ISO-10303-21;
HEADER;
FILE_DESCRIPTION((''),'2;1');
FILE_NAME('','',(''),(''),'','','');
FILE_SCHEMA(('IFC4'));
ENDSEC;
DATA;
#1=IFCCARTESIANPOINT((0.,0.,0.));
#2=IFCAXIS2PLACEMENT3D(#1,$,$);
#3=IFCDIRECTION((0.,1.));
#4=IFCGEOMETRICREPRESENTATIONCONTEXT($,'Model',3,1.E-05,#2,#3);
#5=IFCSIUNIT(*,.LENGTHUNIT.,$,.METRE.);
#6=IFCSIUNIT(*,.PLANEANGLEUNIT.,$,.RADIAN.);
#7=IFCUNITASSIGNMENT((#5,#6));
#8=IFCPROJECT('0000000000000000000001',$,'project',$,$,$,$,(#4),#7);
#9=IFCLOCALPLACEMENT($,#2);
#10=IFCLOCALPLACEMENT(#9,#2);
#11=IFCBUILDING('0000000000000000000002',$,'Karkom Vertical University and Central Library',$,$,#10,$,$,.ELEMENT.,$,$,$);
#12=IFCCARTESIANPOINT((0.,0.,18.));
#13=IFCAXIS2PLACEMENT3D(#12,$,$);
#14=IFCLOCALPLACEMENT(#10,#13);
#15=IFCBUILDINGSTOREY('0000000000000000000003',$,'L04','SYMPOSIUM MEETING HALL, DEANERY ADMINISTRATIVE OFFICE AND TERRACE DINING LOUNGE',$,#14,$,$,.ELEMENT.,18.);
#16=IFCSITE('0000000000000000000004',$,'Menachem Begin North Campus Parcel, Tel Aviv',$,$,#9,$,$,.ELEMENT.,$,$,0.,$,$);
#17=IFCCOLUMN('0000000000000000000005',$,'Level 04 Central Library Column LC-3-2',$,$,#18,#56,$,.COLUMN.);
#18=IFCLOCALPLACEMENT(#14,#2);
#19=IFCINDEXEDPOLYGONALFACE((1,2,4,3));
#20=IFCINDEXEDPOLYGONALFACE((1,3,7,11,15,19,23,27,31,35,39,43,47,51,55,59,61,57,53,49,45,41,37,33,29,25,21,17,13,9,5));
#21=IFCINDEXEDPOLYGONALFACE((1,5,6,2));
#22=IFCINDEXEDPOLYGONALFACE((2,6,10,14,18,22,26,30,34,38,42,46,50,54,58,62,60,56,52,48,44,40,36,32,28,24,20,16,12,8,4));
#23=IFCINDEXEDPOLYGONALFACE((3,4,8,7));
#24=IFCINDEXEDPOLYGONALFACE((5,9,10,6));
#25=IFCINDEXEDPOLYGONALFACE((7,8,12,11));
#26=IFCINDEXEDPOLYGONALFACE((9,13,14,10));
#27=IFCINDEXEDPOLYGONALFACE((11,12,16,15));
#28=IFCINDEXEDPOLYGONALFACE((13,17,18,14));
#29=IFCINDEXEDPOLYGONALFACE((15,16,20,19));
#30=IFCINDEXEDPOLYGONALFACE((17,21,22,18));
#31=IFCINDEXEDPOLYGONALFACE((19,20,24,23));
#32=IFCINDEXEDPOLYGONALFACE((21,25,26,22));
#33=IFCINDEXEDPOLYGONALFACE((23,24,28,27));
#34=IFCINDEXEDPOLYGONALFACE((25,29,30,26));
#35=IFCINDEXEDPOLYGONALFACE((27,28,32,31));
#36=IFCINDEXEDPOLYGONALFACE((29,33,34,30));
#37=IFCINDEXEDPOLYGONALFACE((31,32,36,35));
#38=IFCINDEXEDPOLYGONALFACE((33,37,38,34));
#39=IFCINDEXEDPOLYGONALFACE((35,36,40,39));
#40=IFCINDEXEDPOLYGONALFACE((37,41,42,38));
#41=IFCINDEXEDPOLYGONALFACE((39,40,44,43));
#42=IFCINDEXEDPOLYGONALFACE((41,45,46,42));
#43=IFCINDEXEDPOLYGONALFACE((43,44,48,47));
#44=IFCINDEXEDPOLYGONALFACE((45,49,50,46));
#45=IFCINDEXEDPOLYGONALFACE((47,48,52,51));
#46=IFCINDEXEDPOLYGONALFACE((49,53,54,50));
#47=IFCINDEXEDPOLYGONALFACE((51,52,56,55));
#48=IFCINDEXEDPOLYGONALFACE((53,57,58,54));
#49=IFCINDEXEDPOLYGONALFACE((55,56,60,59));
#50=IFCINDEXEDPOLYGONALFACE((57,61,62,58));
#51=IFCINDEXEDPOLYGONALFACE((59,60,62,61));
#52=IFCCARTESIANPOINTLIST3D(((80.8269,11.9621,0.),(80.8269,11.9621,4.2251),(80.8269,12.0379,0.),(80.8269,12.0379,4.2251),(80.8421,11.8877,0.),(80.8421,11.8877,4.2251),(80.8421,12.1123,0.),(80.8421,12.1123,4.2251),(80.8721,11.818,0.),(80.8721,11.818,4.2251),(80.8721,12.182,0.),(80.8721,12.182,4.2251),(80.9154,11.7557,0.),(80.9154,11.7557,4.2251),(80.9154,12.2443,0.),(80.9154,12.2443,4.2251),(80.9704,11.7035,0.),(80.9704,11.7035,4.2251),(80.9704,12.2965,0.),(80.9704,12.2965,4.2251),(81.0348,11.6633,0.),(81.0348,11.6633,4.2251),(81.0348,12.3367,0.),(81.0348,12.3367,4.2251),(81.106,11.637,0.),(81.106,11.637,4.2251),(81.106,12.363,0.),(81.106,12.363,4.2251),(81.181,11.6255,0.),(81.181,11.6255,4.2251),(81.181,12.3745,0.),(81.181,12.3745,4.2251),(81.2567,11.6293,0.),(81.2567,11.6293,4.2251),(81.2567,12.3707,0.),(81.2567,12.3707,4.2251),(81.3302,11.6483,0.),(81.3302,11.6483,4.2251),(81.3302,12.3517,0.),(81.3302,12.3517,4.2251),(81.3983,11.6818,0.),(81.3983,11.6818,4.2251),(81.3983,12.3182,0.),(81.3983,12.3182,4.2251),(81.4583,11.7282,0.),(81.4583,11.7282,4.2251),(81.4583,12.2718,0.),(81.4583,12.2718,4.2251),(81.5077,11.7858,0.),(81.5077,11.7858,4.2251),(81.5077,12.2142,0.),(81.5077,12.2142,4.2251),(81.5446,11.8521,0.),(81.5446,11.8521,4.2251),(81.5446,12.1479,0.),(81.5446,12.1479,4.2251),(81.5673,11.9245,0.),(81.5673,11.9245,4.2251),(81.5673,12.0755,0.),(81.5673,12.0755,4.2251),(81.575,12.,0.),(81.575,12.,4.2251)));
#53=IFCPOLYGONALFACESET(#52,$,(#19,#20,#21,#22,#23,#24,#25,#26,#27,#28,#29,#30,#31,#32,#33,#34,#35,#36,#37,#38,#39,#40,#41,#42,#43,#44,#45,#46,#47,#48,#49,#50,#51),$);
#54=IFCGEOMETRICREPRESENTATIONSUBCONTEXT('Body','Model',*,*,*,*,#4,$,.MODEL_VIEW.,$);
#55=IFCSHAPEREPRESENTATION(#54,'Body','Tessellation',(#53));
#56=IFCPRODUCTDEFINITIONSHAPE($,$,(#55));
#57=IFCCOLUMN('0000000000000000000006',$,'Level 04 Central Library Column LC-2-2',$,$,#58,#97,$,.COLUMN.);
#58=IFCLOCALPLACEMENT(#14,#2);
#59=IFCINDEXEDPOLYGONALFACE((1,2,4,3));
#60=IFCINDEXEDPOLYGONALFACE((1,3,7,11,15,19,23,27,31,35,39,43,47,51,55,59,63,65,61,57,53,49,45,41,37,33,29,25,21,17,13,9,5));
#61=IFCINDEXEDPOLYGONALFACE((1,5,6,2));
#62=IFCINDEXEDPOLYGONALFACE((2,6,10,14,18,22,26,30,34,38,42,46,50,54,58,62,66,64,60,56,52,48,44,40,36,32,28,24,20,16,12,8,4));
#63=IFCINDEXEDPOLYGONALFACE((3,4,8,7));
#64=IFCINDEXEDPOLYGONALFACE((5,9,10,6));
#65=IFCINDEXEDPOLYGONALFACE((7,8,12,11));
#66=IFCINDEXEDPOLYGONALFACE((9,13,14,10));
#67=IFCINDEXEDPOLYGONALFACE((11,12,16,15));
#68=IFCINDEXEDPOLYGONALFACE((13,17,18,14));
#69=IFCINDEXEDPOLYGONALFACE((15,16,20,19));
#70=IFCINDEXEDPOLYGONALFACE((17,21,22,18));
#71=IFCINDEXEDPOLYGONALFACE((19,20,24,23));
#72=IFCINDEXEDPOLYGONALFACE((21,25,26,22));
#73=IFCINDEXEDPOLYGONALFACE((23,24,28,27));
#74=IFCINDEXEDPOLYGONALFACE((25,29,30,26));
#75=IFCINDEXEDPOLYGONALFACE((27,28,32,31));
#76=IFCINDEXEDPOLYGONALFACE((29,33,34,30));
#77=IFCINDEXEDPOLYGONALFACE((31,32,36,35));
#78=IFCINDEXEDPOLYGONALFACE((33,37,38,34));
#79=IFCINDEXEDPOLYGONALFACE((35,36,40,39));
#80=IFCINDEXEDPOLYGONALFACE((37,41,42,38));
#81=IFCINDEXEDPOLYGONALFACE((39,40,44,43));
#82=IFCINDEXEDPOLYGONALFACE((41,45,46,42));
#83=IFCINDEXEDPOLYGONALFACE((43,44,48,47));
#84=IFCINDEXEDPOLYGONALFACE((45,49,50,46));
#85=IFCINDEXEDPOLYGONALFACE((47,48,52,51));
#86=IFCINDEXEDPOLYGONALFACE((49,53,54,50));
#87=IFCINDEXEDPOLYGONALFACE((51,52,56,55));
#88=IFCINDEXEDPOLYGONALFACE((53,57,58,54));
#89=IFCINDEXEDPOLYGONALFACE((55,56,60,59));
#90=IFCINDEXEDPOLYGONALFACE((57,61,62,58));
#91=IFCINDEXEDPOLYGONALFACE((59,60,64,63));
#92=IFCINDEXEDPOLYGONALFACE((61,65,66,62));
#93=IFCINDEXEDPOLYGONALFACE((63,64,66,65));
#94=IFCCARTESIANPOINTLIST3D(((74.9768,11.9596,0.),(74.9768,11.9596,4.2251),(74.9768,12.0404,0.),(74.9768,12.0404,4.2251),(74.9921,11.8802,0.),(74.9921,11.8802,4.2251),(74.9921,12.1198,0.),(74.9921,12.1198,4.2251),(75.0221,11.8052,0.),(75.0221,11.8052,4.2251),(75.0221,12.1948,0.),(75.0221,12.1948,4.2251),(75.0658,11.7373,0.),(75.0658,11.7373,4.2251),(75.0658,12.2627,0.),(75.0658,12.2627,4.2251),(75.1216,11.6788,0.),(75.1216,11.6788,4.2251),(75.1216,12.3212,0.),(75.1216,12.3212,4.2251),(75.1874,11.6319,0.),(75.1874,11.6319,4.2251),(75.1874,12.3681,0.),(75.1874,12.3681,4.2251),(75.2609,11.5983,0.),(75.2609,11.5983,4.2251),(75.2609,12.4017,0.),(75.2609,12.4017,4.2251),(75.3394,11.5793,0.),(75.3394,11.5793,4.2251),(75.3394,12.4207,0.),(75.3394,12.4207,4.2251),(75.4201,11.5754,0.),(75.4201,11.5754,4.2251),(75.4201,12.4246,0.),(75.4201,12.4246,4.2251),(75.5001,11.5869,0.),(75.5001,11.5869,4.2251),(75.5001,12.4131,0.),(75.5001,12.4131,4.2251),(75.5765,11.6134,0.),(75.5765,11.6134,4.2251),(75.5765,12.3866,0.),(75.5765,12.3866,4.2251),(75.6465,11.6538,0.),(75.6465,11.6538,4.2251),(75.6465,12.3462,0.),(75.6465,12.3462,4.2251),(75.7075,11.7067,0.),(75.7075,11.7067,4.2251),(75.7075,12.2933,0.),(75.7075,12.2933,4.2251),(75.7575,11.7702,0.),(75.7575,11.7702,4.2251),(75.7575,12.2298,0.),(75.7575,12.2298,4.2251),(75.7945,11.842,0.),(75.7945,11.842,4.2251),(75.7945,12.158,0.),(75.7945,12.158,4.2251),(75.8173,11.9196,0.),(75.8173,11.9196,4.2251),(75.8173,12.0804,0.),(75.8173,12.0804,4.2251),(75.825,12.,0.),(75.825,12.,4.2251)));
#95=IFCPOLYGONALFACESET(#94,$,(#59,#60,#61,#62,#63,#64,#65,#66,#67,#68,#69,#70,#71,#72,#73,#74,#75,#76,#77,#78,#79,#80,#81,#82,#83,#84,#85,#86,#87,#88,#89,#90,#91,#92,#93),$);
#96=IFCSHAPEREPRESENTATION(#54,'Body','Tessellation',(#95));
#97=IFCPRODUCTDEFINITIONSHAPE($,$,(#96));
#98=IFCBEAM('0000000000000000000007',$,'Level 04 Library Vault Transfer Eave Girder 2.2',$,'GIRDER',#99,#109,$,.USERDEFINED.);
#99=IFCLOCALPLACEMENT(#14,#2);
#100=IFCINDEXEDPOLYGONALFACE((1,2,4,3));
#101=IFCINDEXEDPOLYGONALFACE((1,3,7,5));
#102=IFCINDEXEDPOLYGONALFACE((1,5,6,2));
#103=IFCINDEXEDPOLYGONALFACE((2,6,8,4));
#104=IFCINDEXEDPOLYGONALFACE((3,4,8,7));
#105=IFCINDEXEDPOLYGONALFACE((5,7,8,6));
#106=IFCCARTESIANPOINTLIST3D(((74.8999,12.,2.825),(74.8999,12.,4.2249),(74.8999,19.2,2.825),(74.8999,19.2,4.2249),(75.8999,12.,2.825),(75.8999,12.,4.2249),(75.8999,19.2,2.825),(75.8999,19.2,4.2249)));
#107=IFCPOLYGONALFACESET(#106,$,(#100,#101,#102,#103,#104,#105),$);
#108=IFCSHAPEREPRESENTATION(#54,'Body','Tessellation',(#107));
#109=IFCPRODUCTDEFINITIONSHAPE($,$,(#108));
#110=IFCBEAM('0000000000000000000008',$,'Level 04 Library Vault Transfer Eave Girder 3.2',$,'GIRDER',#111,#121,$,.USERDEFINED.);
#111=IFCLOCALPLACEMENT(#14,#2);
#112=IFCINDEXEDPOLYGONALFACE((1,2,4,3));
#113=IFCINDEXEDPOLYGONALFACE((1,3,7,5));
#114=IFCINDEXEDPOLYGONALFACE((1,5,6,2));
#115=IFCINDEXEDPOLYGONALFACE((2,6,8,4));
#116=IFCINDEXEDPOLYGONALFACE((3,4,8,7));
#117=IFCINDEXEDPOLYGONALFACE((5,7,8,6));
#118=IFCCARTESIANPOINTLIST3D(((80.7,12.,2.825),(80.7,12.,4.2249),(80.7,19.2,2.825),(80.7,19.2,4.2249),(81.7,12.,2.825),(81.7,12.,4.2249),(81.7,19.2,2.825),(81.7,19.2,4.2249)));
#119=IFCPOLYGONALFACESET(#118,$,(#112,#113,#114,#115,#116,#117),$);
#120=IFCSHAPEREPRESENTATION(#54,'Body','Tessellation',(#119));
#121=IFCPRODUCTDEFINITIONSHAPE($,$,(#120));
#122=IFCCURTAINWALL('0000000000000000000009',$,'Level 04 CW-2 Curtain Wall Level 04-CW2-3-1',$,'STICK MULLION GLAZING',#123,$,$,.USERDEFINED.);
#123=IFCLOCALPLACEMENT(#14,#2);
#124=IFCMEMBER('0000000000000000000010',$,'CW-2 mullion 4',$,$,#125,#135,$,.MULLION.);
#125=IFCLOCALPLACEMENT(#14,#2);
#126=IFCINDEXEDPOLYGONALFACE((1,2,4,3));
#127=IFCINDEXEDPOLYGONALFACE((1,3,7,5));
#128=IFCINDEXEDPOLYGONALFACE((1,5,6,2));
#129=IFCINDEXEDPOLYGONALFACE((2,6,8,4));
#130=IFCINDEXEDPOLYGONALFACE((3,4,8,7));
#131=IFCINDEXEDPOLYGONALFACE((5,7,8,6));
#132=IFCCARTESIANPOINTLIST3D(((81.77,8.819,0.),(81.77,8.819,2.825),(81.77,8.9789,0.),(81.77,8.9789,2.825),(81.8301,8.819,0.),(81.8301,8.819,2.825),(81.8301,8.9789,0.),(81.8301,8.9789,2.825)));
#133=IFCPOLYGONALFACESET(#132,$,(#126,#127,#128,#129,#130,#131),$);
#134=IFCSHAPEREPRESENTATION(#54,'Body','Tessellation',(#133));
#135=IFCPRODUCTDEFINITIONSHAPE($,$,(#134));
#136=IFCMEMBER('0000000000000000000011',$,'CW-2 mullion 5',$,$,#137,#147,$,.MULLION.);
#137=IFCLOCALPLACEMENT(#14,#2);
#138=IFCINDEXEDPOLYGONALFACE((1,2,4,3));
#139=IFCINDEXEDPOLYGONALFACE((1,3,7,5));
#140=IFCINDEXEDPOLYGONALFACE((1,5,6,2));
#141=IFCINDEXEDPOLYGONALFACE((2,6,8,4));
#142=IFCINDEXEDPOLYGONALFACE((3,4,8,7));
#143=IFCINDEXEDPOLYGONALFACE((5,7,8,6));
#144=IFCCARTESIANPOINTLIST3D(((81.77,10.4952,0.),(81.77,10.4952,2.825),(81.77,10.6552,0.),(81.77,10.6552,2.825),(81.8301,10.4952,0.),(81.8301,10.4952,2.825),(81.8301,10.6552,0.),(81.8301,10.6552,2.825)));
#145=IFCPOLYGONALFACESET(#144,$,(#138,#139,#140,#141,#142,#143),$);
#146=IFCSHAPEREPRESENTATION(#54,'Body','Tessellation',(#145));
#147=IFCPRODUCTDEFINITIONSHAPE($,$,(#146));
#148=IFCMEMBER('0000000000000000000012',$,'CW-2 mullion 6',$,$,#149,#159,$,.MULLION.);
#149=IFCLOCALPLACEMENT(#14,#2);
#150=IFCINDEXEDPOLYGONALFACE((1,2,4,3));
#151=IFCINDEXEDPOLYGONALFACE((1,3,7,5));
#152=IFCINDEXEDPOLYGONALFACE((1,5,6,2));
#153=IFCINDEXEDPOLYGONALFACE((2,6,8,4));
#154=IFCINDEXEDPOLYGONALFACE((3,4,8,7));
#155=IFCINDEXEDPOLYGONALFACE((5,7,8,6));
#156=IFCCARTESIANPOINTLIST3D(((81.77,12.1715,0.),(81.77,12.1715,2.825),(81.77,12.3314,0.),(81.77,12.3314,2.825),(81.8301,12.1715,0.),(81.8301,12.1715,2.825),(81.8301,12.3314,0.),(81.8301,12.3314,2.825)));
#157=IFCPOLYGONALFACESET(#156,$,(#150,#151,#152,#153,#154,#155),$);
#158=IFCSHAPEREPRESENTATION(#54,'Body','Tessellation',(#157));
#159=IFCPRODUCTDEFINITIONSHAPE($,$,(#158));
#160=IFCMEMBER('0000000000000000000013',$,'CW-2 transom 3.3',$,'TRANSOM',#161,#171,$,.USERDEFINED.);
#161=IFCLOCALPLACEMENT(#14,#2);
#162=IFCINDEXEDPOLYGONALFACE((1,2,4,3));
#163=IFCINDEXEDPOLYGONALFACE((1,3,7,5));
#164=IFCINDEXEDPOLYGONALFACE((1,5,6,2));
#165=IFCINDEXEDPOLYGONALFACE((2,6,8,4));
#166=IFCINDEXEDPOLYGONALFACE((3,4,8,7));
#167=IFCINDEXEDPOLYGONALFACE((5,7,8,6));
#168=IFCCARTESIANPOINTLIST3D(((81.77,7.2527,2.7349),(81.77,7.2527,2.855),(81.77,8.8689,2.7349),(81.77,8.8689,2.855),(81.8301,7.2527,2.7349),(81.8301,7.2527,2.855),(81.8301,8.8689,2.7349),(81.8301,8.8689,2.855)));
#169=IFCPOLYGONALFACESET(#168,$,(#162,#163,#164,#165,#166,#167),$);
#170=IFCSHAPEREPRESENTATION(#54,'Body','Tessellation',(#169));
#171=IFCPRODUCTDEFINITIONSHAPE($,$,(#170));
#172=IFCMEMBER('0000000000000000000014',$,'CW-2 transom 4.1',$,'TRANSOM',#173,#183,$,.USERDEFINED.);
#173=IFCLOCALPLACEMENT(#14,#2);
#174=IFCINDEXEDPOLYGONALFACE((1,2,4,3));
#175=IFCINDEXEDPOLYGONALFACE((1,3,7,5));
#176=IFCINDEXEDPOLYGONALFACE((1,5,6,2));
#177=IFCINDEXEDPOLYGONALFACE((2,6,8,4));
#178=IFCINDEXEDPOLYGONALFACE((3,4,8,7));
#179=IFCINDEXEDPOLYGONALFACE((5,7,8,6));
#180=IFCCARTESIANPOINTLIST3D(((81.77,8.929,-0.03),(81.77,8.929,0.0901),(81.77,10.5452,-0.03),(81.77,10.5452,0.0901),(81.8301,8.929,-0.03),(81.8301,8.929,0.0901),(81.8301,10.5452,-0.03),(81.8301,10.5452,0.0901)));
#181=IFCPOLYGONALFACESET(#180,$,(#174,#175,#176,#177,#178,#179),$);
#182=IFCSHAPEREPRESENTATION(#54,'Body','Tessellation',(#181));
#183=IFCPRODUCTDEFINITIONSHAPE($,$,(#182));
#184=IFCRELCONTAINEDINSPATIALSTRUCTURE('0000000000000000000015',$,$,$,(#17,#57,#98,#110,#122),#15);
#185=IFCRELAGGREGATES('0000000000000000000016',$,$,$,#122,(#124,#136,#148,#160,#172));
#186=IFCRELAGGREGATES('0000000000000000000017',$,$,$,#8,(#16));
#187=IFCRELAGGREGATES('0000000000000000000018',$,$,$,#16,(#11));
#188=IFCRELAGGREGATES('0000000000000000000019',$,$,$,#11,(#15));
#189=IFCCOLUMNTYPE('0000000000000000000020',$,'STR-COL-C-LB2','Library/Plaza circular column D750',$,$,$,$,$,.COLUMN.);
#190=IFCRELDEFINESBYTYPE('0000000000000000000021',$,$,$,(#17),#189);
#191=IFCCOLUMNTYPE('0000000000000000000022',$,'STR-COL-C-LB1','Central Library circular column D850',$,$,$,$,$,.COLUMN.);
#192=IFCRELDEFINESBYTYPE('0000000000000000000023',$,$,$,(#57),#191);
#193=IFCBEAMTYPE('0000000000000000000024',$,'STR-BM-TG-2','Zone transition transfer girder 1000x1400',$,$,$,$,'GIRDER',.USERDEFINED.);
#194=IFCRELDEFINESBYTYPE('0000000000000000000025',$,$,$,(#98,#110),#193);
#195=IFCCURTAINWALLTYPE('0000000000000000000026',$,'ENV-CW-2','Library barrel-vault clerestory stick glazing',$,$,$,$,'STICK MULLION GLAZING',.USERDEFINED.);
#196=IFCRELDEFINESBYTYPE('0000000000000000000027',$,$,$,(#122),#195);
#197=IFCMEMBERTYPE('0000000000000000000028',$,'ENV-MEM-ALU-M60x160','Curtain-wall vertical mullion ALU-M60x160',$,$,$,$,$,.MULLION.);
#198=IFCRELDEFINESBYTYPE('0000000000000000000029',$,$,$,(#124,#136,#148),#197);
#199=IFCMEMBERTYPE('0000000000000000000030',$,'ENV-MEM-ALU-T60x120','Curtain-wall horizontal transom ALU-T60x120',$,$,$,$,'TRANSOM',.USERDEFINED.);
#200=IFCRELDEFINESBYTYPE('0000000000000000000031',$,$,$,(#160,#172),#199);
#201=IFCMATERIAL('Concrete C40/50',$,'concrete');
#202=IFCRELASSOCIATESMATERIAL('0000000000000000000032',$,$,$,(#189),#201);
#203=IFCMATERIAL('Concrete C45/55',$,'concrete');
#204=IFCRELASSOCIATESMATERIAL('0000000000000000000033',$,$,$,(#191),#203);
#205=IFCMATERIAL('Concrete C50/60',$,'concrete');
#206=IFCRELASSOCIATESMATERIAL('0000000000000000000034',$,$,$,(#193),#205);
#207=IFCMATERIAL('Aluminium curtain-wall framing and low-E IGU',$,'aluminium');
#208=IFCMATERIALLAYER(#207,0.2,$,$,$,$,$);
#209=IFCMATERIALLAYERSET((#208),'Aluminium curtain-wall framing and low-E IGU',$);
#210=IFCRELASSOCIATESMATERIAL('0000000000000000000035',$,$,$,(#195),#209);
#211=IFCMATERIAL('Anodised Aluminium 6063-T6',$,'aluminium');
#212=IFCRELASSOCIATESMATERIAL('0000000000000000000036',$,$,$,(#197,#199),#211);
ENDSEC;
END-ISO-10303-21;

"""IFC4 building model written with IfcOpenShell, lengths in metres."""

from ifc_helpers import new_model, si_unit, direction, frame, origin, origin_with_axes, origin_2d, place, context, subcontext, project, spatial, rectangle, circle, extrude, source, transform, mapped, material, layer, layer_set, material_profile, profile_set, type_object, element, aggregate, save


model = new_model("IFC4")

# Units and contexts
model_context = context("Model", 3, precision=1e-05, world=origin(), true_north=direction((0.0, 1.0)))
body_context = subcontext(model_context, "Body", "Model", "MODEL_VIEW")
ifc_project = project(units=[si_unit("LENGTHUNIT", "METRE"), si_unit("PLANEANGLEUNIT", "RADIAN")], contexts=[model_context])

# Site, building, storey
site_placement = place(None, origin())
site = spatial("IfcSite", under=ifc_project, at=site_placement, Name="Menachem Begin North Campus Parcel, Tel Aviv", CompositionType="ELEMENT", RefElevation=0.0)
building_placement = place(site_placement, origin())
building = spatial("IfcBuilding", under=site, at=building_placement, Name="Karkom Vertical University and Central Library", CompositionType="ELEMENT")
storey_placement = place(building_placement, frame((0.0, 0.0, 18.0)))
storey = spatial("IfcBuildingStorey", under=building, at=storey_placement, Name="L04", Description="SYMPOSIUM MEETING HALL, DEANERY ADMINISTRATIVE OFFICE AND TERRACE DINING LOUNGE", CompositionType="ELEMENT", Elevation=18.0)

# Columns
ifc_material_1 = material(Name="Concrete C40/50", Category="concrete")
ifc_material_profile_1 = material_profile(ifc_material_1, circle(Radius=0.375, at=origin_2d()), Name="RC-D750")
ifc_profile_set_1 = profile_set([ifc_material_profile_1], Name="Concrete C40/50")
column_type_1 = type_object("IfcColumnType", Name="STR-COL-C-LB2", Description="Library/Plaza circular column D750", PredefinedType="COLUMN", material=ifc_profile_set_1)
shared_shape_1 = source(origin_with_axes(), body_context, "Body", "SweptSolid", [
    extrude(circle(Radius=0.375, at=origin_2d()), origin(), (0.0, 0.0, 1.0), 4.2251),
])
column_1_placement = place(storey_placement, frame((81.2, 12.0, 0.0), z_axis=(0.0, 0.0, 1.0), x_axis=(1.0, 0.0, 0.0)))
element("IfcColumn", 1, at=column_1_placement, inside=storey, type_object=column_type_1, Name="Level 04 Central Library Column LC-3-2", PredefinedType="COLUMN", context=body_context, shape_type="MappedRepresentation", body=[
    mapped(shared_shape_1, transform((0.0, 0.0, 0.0), scale=1.0)),
])
ifc_material_2 = material(Name="Concrete C45/55", Category="concrete")
ifc_material_profile_2 = material_profile(ifc_material_2, circle(Radius=0.425, at=origin_2d()), Name="RC-D850")
ifc_profile_set_2 = profile_set([ifc_material_profile_2], Name="Concrete C45/55")
column_type_2 = type_object("IfcColumnType", Name="STR-COL-C-LB1", Description="Central Library circular column D850", PredefinedType="COLUMN", material=ifc_profile_set_2)
shared_shape_2 = source(origin_with_axes(), body_context, "Body", "SweptSolid", [
    extrude(circle(Radius=0.425, at=origin_2d()), origin(), (0.0, 0.0, 1.0), 4.2251),
])
column_2_placement = place(storey_placement, frame((75.3999, 12.0, 0.0), z_axis=(0.0, 0.0, 1.0), x_axis=(1.0, 0.0, 0.0)))
element("IfcColumn", 2, at=column_2_placement, inside=storey, type_object=column_type_2, Name="Level 04 Central Library Column LC-2-2", PredefinedType="COLUMN", context=body_context, shape_type="MappedRepresentation", body=[
    mapped(shared_shape_2, transform((0.0, 0.0, 0.0), scale=1.0)),
])

# Beams
ifc_material_3 = material(Name="Concrete C50/60", Category="concrete")
ifc_material_profile_3 = material_profile(ifc_material_3, rectangle(XDim=1.0, YDim=1.3999, at=origin_2d()), Name="TG-1000x1400")
ifc_profile_set_3 = profile_set([ifc_material_profile_3], Name="Concrete C50/60")
beam_type = type_object("IfcBeamType", Name="STR-BM-TG-2", Description="Zone transition transfer girder 1000x1400", ElementType="GIRDER", PredefinedType="USERDEFINED", material=ifc_profile_set_3)
shared_shape_3 = source(origin_with_axes(), body_context, "Body", "SweptSolid", [
    extrude(rectangle(XDim=1.0, YDim=1.3999, at=origin_2d()), origin(), (0.0, 0.0, 1.0), 7.2),
])
for number, where, z_axis, x_axis, name in (
    (3, (75.3999, 12.0, 3.5249), (0.0, 1.0, 0.0), (-1.0, 0.0, 0.0), "Level 04 Library Vault Transfer Eave Girder 2.2"),
    (4, (81.2, 12.0, 3.5249), (0.0, 1.0, 0.0), (-1.0, 0.0, 0.0), "Level 04 Library Vault Transfer Eave Girder 3.2"),
):
    element("IfcBeam", number, at=place(storey_placement, frame(where, z_axis=z_axis, x_axis=x_axis)), inside=storey, type_object=beam_type, Name=name, ObjectType="GIRDER", PredefinedType="USERDEFINED", context=body_context, shape_type="MappedRepresentation", body=[
        mapped(shared_shape_3, transform((0.0, 0.0, 0.0), scale=1.0)),
    ])

# Curtain wall, members
ifc_material_4 = material(Name="Aluminium curtain-wall framing and low-E IGU", Category="aluminium")
ifc_layer_1 = layer(ifc_material_4, 0.2)
ifc_layer_set_1 = layer_set([ifc_layer_1], Name="Aluminium curtain-wall framing and low-E IGU")
curtain_wall_type = type_object("IfcCurtainWallType", Name="ENV-CW-2", Description="Library barrel-vault clerestory stick glazing", ElementType="STICK MULLION GLAZING", PredefinedType="USERDEFINED", material=ifc_layer_set_1)
curtain_wall_placement = place(storey_placement, origin())
curtain_wall = element("IfcCurtainWall", 5, at=curtain_wall_placement, inside=storey, type_object=curtain_wall_type, Name="Level 04 CW-2 Curtain Wall Level 04-CW2-3-1", ObjectType="STICK MULLION GLAZING", PredefinedType="USERDEFINED")
ifc_material_5 = material(Name="Anodised Aluminium 6063-T6", Category="aluminium")
ifc_material_profile_4 = material_profile(ifc_material_5, rectangle(XDim=0.0601, YDim=0.1599, at=origin_2d()), Name="ALU-M60x160")
ifc_profile_set_4 = profile_set([ifc_material_profile_4], Name="Anodised Aluminium 6063-T6")
member_type_1 = type_object("IfcMemberType", Name="ENV-MEM-ALU-M60x160", Description="Curtain-wall vertical mullion ALU-M60x160", PredefinedType="MULLION", material=ifc_profile_set_4)
shared_shape_4 = source(origin_with_axes(), body_context, "Body", "SweptSolid", [
    extrude(rectangle(XDim=0.0601, YDim=0.1599, at=origin_2d()), origin(), (0.0, 0.0, 1.0), 2.825),
])
member_1_placement = place(storey_placement, frame((81.8, 8.8989, 0.0), z_axis=(0.0, 0.0, 1.0), x_axis=(-1.0, 0.0, 0.0)))
member_1 = element("IfcMember", 6, at=member_1_placement, type_object=member_type_1, Name="CW-2 mullion 4", PredefinedType="MULLION", context=body_context, shape_type="MappedRepresentation", body=[
    mapped(shared_shape_4, transform((0.0, 0.0, 0.0), scale=1.0)),
])
member_2_placement = place(storey_placement, frame((81.8, 10.5752, 0.0), z_axis=(0.0, 0.0, 1.0), x_axis=(-1.0, 0.0, 0.0)))
member_2 = element("IfcMember", 7, at=member_2_placement, type_object=member_type_1, Name="CW-2 mullion 5", PredefinedType="MULLION", context=body_context, shape_type="MappedRepresentation", body=[
    mapped(shared_shape_4, transform((0.0, 0.0, 0.0), scale=1.0)),
])
member_3_placement = place(storey_placement, frame((81.8, 12.2515, 0.0), z_axis=(0.0, 0.0, 1.0), x_axis=(-1.0, 0.0, 0.0)))
member_3 = element("IfcMember", 8, at=member_3_placement, type_object=member_type_1, Name="CW-2 mullion 6", PredefinedType="MULLION", context=body_context, shape_type="MappedRepresentation", body=[
    mapped(shared_shape_4, transform((0.0, 0.0, 0.0), scale=1.0)),
])
ifc_material_profile_5 = material_profile(ifc_material_5, rectangle(XDim=0.0601, YDim=0.1201, at=origin_2d()), Name="ALU-T60x120")
ifc_profile_set_5 = profile_set([ifc_material_profile_5], Name="Anodised Aluminium 6063-T6")
member_type_2 = type_object("IfcMemberType", Name="ENV-MEM-ALU-T60x120", Description="Curtain-wall horizontal transom ALU-T60x120", ElementType="TRANSOM", PredefinedType="USERDEFINED", material=ifc_profile_set_5)
shared_shape_5 = source(origin_with_axes(), body_context, "Body", "SweptSolid", [
    extrude(rectangle(XDim=0.0601, YDim=0.1201, at=origin_2d()), origin(), (0.0, 0.0, 1.0), 1.6162),
])
member_4_placement = place(storey_placement, frame((81.8, 7.2527, 2.7949), z_axis=(0.0, 1.0, 0.0), x_axis=(-1.0, 0.0, 0.0)))
member_4 = element("IfcMember", 9, at=member_4_placement, type_object=member_type_2, Name="CW-2 transom 3.3", ObjectType="TRANSOM", PredefinedType="USERDEFINED", context=body_context, shape_type="MappedRepresentation", body=[
    mapped(shared_shape_5, transform((0.0, 0.0, 0.0), scale=1.0)),
])
member_5_placement = place(storey_placement, frame((81.8, 8.929, 0.03), z_axis=(0.0, 1.0, 0.0), x_axis=(-1.0, 0.0, 0.0)))
member_5 = element("IfcMember", 10, at=member_5_placement, type_object=member_type_2, Name="CW-2 transom 4.1", ObjectType="TRANSOM", PredefinedType="USERDEFINED", context=body_context, shape_type="MappedRepresentation", body=[
    mapped(shared_shape_5, transform((0.0, 0.0, 0.0), scale=1.0)),
])
aggregate(curtain_wall, [member_1, member_2, member_3, member_4, member_5])

save(model, "model.ifc")
